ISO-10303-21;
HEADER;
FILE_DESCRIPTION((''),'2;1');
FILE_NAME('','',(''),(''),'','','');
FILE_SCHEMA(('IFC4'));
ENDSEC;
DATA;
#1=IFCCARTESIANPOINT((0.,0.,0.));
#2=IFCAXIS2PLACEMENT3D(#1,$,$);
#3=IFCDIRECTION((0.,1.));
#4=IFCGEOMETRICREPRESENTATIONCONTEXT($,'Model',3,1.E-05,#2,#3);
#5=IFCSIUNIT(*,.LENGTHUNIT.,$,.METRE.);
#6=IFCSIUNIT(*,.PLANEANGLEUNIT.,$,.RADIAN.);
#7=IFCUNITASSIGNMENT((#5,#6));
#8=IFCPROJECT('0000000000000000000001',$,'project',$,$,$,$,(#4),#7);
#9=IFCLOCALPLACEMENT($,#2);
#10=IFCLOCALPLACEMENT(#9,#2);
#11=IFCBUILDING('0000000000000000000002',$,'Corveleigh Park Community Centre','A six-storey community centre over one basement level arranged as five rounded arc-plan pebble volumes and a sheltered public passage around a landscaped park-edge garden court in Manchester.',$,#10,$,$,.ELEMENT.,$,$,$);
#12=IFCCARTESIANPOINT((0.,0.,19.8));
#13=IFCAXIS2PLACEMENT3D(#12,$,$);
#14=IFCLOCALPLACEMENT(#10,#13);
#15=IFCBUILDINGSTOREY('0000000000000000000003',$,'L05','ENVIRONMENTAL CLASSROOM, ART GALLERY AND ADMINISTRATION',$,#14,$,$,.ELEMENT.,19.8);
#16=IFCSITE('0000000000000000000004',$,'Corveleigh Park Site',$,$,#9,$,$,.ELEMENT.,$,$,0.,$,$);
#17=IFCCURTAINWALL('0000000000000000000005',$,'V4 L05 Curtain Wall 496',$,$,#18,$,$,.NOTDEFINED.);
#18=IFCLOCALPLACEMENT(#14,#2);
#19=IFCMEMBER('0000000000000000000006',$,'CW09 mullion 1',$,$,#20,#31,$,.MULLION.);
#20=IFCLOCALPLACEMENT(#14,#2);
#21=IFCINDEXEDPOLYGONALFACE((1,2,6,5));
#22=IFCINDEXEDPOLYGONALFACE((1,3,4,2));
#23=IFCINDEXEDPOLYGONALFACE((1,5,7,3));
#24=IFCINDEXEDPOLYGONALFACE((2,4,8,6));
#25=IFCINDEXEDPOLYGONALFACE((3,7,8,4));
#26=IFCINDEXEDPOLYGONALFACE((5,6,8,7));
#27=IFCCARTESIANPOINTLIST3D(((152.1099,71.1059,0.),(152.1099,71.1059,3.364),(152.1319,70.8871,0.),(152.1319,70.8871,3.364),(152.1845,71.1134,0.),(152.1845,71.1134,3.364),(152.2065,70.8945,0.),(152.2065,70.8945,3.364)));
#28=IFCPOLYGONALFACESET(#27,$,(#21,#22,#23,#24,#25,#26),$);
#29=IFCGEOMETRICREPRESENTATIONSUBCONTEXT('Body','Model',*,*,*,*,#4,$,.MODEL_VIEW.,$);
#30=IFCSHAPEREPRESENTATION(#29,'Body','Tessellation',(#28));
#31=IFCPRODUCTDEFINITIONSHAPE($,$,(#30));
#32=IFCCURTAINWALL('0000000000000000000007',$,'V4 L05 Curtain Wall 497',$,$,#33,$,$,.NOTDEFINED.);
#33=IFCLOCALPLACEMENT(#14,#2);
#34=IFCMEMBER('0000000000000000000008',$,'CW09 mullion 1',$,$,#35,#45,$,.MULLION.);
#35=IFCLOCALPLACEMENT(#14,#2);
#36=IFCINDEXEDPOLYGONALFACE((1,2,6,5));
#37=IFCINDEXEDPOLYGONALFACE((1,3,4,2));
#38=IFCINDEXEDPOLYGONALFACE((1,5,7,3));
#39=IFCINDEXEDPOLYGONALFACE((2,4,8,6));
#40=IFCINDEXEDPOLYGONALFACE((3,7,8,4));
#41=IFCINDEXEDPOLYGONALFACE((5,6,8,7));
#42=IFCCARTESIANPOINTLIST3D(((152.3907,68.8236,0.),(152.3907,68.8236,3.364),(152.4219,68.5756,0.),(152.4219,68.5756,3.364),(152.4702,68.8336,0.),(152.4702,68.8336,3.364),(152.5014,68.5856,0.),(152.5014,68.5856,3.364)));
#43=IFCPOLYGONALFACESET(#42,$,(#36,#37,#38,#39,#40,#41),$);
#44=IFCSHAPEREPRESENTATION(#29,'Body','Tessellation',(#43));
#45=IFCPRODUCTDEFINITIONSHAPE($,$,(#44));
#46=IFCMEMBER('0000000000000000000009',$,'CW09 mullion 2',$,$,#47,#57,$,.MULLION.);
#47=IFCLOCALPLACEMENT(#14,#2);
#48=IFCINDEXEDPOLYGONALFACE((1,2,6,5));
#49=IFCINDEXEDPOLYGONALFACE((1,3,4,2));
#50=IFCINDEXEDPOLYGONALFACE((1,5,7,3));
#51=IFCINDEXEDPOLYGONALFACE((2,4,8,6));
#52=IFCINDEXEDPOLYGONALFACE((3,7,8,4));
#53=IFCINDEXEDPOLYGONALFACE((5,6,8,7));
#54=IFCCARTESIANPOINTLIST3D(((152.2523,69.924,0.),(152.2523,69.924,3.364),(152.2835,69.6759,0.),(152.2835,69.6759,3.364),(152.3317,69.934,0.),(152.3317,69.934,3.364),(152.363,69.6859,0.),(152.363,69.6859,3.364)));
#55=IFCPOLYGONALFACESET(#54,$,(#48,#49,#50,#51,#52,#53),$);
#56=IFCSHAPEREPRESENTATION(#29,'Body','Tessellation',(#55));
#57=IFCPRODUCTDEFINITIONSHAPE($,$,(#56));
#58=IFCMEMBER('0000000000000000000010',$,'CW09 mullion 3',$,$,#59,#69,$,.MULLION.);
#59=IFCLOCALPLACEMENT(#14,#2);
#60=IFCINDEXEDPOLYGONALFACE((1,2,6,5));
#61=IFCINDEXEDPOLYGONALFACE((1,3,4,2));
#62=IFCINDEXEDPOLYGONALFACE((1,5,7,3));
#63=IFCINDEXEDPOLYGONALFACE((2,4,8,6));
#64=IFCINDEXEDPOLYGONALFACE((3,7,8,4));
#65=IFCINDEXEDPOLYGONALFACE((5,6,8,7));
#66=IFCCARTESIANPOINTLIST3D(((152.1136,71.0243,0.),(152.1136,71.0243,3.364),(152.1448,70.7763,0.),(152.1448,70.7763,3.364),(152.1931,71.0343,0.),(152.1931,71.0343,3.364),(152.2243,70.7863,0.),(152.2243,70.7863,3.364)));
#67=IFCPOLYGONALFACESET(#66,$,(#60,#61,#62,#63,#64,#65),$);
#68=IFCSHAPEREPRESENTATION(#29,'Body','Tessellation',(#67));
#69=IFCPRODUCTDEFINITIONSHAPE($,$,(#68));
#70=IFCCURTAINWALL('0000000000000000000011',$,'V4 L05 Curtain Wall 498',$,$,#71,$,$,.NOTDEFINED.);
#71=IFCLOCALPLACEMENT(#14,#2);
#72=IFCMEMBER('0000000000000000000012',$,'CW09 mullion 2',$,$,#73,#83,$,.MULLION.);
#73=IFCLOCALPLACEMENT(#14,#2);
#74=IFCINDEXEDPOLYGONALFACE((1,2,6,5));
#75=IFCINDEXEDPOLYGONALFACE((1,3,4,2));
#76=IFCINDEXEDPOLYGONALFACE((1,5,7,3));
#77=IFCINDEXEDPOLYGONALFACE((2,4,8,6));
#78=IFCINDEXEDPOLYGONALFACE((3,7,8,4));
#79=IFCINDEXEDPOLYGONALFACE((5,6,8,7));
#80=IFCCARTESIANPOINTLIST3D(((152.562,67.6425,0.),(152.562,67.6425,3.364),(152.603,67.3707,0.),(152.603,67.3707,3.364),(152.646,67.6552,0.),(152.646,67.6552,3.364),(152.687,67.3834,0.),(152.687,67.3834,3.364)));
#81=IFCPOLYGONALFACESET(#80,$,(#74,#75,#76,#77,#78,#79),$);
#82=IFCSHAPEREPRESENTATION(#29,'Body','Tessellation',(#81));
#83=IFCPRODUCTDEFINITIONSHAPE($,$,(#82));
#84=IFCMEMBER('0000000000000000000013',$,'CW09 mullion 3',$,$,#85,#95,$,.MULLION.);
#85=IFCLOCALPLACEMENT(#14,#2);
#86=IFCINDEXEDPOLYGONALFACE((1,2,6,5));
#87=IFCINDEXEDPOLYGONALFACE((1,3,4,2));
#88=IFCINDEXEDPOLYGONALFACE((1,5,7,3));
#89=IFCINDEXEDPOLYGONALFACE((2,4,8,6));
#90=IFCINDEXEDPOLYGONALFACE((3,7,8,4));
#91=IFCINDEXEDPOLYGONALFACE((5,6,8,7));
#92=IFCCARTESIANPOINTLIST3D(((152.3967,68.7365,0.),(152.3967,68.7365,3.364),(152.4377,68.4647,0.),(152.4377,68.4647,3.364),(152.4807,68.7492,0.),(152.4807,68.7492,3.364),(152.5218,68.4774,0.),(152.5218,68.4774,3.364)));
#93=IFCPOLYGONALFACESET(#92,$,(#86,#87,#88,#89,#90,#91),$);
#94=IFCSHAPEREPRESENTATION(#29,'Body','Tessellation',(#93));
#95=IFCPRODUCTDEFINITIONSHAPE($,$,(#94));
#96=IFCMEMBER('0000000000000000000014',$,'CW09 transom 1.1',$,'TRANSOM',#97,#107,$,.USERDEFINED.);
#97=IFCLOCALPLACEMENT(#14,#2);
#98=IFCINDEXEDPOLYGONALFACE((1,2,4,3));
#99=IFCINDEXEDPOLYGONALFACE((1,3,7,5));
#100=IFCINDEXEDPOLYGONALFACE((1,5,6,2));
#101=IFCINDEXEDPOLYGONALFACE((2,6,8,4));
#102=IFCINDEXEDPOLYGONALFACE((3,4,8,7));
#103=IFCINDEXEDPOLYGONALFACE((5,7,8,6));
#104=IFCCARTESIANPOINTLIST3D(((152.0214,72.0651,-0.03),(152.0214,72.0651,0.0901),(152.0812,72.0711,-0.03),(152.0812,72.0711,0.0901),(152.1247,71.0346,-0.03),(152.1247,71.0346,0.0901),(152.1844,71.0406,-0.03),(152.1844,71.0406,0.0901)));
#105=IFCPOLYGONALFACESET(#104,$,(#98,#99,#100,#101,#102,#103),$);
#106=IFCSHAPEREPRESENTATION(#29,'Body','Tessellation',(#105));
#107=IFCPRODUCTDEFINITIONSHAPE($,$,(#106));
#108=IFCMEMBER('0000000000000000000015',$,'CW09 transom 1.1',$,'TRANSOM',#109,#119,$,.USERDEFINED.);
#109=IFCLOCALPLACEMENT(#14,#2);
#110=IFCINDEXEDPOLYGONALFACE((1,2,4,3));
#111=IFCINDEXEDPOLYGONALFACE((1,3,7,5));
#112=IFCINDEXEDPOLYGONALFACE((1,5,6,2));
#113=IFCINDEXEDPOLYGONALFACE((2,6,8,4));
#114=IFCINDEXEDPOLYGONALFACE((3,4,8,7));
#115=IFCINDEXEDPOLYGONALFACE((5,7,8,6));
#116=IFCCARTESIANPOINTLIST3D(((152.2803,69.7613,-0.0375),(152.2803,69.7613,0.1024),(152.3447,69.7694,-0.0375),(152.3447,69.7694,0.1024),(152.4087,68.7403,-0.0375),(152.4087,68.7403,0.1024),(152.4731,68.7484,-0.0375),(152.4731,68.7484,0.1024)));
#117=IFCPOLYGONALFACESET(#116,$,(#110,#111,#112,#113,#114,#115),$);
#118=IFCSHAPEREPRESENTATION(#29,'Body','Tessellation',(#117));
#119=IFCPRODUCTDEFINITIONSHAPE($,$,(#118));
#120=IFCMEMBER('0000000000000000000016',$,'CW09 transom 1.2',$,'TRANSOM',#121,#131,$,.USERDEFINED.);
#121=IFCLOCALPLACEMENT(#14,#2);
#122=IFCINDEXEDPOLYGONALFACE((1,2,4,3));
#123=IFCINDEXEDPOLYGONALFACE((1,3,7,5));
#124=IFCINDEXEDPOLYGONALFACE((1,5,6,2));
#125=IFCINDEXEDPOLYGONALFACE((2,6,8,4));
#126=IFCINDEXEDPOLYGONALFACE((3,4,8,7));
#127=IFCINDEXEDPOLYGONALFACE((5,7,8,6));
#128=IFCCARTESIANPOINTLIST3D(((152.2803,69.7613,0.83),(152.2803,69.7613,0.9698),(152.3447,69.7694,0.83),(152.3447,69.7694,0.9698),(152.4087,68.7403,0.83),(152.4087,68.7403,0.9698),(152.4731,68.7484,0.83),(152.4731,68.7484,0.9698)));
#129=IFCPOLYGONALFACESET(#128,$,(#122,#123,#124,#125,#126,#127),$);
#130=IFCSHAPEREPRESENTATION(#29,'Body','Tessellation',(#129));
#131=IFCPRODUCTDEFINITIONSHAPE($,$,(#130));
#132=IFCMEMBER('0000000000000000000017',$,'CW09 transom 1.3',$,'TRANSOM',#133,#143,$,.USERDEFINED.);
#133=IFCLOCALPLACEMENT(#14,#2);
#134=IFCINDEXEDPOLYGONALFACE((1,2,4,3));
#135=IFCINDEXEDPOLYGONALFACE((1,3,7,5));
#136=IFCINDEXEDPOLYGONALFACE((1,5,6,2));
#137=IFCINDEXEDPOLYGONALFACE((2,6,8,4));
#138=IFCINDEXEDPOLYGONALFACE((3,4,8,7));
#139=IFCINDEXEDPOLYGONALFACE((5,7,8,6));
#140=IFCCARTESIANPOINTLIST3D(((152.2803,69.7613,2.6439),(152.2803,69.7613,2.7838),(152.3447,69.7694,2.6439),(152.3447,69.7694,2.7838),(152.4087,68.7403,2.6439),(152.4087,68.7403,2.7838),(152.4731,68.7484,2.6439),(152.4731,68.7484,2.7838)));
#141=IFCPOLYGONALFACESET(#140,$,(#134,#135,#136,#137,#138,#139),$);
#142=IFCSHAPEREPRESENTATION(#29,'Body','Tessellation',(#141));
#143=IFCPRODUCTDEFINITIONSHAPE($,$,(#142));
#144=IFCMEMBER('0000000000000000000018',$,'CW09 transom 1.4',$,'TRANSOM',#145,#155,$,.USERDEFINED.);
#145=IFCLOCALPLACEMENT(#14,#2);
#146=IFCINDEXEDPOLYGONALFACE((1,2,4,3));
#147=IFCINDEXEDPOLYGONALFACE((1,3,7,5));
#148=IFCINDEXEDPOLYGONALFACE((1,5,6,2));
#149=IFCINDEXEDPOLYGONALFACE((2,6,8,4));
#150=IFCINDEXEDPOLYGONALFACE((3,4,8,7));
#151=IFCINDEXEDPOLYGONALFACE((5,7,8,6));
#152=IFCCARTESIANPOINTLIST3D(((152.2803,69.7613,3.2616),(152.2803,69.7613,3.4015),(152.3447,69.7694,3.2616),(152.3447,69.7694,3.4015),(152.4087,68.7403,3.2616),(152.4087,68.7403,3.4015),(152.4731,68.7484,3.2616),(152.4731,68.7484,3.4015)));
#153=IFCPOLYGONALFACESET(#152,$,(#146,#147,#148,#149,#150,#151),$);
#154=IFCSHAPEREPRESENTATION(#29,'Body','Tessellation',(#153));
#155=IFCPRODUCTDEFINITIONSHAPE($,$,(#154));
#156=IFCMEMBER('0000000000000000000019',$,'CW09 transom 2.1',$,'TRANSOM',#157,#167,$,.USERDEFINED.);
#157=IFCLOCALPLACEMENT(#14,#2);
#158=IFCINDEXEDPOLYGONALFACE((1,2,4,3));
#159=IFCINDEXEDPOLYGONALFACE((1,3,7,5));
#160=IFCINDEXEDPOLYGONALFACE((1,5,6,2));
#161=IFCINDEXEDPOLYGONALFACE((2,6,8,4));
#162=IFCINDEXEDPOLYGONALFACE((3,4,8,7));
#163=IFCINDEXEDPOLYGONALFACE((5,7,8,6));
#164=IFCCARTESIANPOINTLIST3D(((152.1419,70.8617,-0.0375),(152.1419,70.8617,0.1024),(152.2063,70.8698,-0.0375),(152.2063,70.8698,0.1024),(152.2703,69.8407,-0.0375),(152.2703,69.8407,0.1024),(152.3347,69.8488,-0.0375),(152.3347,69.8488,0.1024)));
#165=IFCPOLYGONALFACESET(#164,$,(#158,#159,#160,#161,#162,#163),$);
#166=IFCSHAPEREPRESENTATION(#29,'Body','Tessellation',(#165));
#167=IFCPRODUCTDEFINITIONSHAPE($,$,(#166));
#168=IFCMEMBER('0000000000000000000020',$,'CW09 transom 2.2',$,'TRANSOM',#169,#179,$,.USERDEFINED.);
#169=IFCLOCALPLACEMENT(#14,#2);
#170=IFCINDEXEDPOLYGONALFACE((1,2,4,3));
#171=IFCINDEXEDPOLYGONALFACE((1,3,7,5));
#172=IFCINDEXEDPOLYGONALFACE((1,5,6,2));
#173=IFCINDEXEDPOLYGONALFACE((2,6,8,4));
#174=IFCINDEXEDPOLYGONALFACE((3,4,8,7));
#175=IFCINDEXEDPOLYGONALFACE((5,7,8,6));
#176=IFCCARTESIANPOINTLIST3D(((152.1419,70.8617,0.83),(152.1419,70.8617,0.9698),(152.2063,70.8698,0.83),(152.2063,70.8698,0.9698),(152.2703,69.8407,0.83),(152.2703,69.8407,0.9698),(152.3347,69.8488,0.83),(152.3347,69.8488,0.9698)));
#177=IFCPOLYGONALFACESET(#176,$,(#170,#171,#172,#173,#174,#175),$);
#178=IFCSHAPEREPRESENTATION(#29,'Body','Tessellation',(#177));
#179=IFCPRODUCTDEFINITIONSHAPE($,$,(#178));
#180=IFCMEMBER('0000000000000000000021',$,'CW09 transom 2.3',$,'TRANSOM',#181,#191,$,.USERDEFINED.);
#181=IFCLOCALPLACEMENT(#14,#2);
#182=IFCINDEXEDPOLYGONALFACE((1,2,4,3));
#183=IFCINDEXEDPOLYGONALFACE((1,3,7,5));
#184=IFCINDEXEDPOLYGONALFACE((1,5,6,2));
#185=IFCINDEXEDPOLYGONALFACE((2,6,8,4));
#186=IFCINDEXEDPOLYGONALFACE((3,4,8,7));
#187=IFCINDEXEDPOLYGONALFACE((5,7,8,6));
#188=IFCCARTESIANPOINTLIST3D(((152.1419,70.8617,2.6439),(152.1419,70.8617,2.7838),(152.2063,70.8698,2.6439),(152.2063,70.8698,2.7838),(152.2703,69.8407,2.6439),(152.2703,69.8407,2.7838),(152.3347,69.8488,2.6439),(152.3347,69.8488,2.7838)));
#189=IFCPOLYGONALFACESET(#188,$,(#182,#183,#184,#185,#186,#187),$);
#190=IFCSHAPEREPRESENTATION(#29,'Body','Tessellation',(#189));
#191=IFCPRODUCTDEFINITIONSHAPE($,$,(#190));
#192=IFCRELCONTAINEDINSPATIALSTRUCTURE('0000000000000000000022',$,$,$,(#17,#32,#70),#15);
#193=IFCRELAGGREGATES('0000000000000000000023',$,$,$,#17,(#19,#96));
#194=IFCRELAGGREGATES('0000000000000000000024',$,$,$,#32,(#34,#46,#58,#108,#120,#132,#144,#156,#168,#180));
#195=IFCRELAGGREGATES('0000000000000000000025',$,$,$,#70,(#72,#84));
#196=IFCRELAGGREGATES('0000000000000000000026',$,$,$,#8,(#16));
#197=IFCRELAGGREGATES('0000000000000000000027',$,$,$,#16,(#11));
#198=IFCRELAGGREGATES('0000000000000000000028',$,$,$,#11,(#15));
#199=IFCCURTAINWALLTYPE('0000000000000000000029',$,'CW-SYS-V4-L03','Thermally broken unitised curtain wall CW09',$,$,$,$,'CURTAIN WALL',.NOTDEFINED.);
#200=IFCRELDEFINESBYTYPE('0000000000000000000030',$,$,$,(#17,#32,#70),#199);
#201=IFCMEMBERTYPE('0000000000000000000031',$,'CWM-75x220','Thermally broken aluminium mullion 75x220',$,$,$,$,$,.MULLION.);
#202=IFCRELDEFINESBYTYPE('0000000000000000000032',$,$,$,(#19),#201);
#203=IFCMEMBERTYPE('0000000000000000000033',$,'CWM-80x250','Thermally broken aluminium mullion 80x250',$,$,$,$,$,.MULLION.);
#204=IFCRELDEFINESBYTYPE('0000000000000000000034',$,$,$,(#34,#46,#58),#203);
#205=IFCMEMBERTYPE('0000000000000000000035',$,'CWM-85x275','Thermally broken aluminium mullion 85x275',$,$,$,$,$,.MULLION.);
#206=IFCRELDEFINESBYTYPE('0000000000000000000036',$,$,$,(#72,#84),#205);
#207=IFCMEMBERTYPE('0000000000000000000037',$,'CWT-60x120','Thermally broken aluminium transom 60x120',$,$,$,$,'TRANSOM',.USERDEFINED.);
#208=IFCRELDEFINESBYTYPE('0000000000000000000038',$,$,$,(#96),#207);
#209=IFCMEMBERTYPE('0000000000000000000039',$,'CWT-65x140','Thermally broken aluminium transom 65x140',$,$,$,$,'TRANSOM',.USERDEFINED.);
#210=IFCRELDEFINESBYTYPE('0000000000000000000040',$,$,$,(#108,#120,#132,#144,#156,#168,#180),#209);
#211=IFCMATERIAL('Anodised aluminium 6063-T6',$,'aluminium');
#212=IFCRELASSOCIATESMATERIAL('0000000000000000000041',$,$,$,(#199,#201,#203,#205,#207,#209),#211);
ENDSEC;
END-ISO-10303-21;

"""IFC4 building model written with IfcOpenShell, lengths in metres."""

from ifc_helpers import new_model, si_unit, direction, frame, origin, origin_2d, place, context, subcontext, project, spatial, rectangle, extrude, material, material_profile, profile_set, type_object, element, aggregate, save


model = new_model("IFC4")

# Units and contexts
model_context = context("Model", 3, precision=1e-05, world=origin(), true_north=direction((0.0, 1.0)))
body_context = subcontext(model_context, "Body", "Model", "MODEL_VIEW")
ifc_project = project(units=[si_unit("LENGTHUNIT", "METRE"), si_unit("PLANEANGLEUNIT", "RADIAN")], contexts=[model_context])

# Site, building, storey
site_placement = place(None, origin())
site = spatial("IfcSite", under=ifc_project, at=site_placement, Name="Corveleigh Park Site", CompositionType="ELEMENT", RefElevation=0.0)
building_placement = place(site_placement, origin())
building = spatial("IfcBuilding", under=site, at=building_placement, Name="Corveleigh Park Community Centre", Description="A six-storey community centre over one basement level arranged as five rounded arc-plan pebble volumes and a sheltered public passage around a landscaped park-edge garden court in Manchester.", CompositionType="ELEMENT")
storey_placement = place(building_placement, frame((0.0, 0.0, 19.8)))
storey = spatial("IfcBuildingStorey", under=building, at=storey_placement, Name="L05", Description="ENVIRONMENTAL CLASSROOM, ART GALLERY AND ADMINISTRATION", CompositionType="ELEMENT", Elevation=19.8)

# Curtain wall, member
ifc_material_1 = material(Name="Anodised aluminium 6063-T6", Category="aluminium")
curtain_wall_type = type_object("IfcCurtainWallType", Name="CW-SYS-V4-L03", Description="Thermally broken unitised curtain wall CW09", ElementType="CURTAIN WALL", PredefinedType="NOTDEFINED", material=ifc_material_1)
curtain_wall_1_placement = place(storey_placement, origin())
curtain_wall_1 = element("IfcCurtainWall", 1, at=curtain_wall_1_placement, inside=storey, type_object=curtain_wall_type, Name="V4 L05 Curtain Wall 496", PredefinedType="NOTDEFINED")
ifc_material_profile_1 = material_profile(ifc_material_1, rectangle(XDim=0.075, YDim=0.22, at=origin_2d()), Name="ALU-M75x220", Category="aluminium")
ifc_profile_set_1 = profile_set([ifc_material_profile_1], Name="Anodised aluminium 6063-T6")
member_type_1 = type_object("IfcMemberType", Name="CWM-75x220", Description="Thermally broken aluminium mullion 75x220", PredefinedType="MULLION", material=ifc_profile_set_1)
member_1_placement = place(storey_placement, frame((152.1582, 71.0002, 0.0), z_axis=(0.0, 0.0, 1.0), x_axis=(-0.995016, -0.099719, 0.0)))
member_1 = element("IfcMember", 2, at=member_1_placement, type_object=member_type_1, Name="CW09 mullion 1", PredefinedType="MULLION", context=body_context, shape_type="SweptSolid", body=[
    extrude(rectangle(XDim=0.075, YDim=0.22, at=origin_2d()), origin(), (0.0, 0.0, 1.0), 3.364),
])

# Curtain walls, members
curtain_wall_2_placement = place(storey_placement, origin())
curtain_wall_2 = element("IfcCurtainWall", 3, at=curtain_wall_2_placement, inside=storey, type_object=curtain_wall_type, Name="V4 L05 Curtain Wall 497", PredefinedType="NOTDEFINED")
ifc_material_profile_2 = material_profile(ifc_material_1, rectangle(XDim=0.0801, YDim=0.25, at=origin_2d()), Name="ALU-M80x250", Category="aluminium")
ifc_profile_set_2 = profile_set([ifc_material_profile_2], Name="Anodised aluminium 6063-T6")
member_type_2 = type_object("IfcMemberType", Name="CWM-80x250", Description="Thermally broken aluminium mullion 80x250", PredefinedType="MULLION", material=ifc_profile_set_2)
member_2_placement = place(storey_placement, frame((152.446, 68.7046, 0.0), z_axis=(0.0, 0.0, 1.0), x_axis=(-0.99217, -0.124892, 0.0)))
member_2 = element("IfcMember", 4, at=member_2_placement, type_object=member_type_2, Name="CW09 mullion 1", PredefinedType="MULLION", context=body_context, shape_type="SweptSolid", body=[
    extrude(rectangle(XDim=0.0801, YDim=0.25, at=origin_2d()), origin(), (0.0, 0.0, 1.0), 3.364),
])
member_3_placement = place(storey_placement, frame((152.3076, 69.8049, 0.0), z_axis=(0.0, 0.0, 1.0), x_axis=(-0.99217, -0.124892, 0.0)))
member_3 = element("IfcMember", 5, at=member_3_placement, type_object=member_type_2, Name="CW09 mullion 2", PredefinedType="MULLION", context=body_context, shape_type="SweptSolid", body=[
    extrude(rectangle(XDim=0.0801, YDim=0.25, at=origin_2d()), origin(), (0.0, 0.0, 1.0), 3.364),
])
member_4_placement = place(storey_placement, frame((152.1689, 70.9053, 0.0), z_axis=(0.0, 0.0, 1.0), x_axis=(-0.99217, -0.124892, 0.0)))
member_4 = element("IfcMember", 6, at=member_4_placement, type_object=member_type_2, Name="CW09 mullion 3", PredefinedType="MULLION", context=body_context, shape_type="SweptSolid", body=[
    extrude(rectangle(XDim=0.0801, YDim=0.25, at=origin_2d()), origin(), (0.0, 0.0, 1.0), 3.364),
])
curtain_wall_3_placement = place(storey_placement, origin())
curtain_wall_3 = element("IfcCurtainWall", 7, at=curtain_wall_3_placement, inside=storey, type_object=curtain_wall_type, Name="V4 L05 Curtain Wall 498", PredefinedType="NOTDEFINED")
ifc_material_profile_3 = material_profile(ifc_material_1, rectangle(XDim=0.085, YDim=0.2749, at=origin_2d()), Name="ALU-M85x275", Category="aluminium")
ifc_profile_set_3 = profile_set([ifc_material_profile_3], Name="Anodised aluminium 6063-T6")
member_type_3 = type_object("IfcMemberType", Name="CWM-85x275", Description="Thermally broken aluminium mullion 85x275", PredefinedType="MULLION", material=ifc_profile_set_3)
member_5_placement = place(storey_placement, frame((152.6245, 67.5129, 0.0), z_axis=(0.0, 0.0, 1.0), x_axis=(-0.988795, -0.149277, 0.0)))
member_5 = element("IfcMember", 8, at=member_5_placement, type_object=member_type_3, Name="CW09 mullion 2", PredefinedType="MULLION", context=body_context, shape_type="SweptSolid", body=[
    extrude(rectangle(XDim=0.085, YDim=0.2749, at=origin_2d()), origin(), (0.0, 0.0, 1.0), 3.364),
])
member_6_placement = place(storey_placement, frame((152.4592, 68.6069, 0.0), z_axis=(0.0, 0.0, 1.0), x_axis=(-0.988795, -0.149277, 0.0)))
member_6 = element("IfcMember", 9, at=member_6_placement, type_object=member_type_3, Name="CW09 mullion 3", PredefinedType="MULLION", context=body_context, shape_type="SweptSolid", body=[
    extrude(rectangle(XDim=0.085, YDim=0.2749, at=origin_2d()), origin(), (0.0, 0.0, 1.0), 3.364),
])

# Members
ifc_material_profile_4 = material_profile(ifc_material_1, rectangle(XDim=0.0601, YDim=0.1201, at=origin_2d()), Name="ALU-T60x120", Category="aluminium")
ifc_profile_set_4 = profile_set([ifc_material_profile_4], Name="Anodised aluminium 6063-T6")
member_type_4 = type_object("IfcMemberType", Name="CWT-60x120", Description="Thermally broken aluminium transom 60x120", ElementType="TRANSOM", PredefinedType="USERDEFINED", material=ifc_profile_set_4)
member_7_placement = place(storey_placement, frame((152.1545, 71.0376, 0.03), z_axis=(-0.099714, 0.995016, 0.0), x_axis=(-0.995016, -0.099714, 0.0)))
member_7 = element("IfcMember", 10, at=member_7_placement, type_object=member_type_4, Name="CW09 transom 1.1", ObjectType="TRANSOM", PredefinedType="USERDEFINED", context=body_context, shape_type="SweptSolid", body=[
    extrude(rectangle(XDim=0.0601, YDim=0.1201, at=origin_2d()), origin(), (0.0, 0.0, 1.0), 1.0356),
])
aggregate(curtain_wall_1, [member_1, member_7])
ifc_material_profile_5 = material_profile(ifc_material_1, rectangle(XDim=0.0649, YDim=0.1399, at=origin_2d()), Name="ALU-T65x140", Category="aluminium")
ifc_profile_set_5 = profile_set([ifc_material_profile_5], Name="Anodised aluminium 6063-T6")
member_type_5 = type_object("IfcMemberType", Name="CWT-65x140", Description="Thermally broken aluminium transom 65x140", ElementType="TRANSOM", PredefinedType="USERDEFINED", material=ifc_profile_set_5)
member_8_placement = place(storey_placement, frame((152.4409, 68.7444, 0.0325), z_axis=(-0.124794, 0.992183, 0.0), x_axis=(-0.992183, -0.124794, 0.0)))
member_8 = element("IfcMember", 11, at=member_8_placement, type_object=member_type_5, Name="CW09 transom 1.1", ObjectType="TRANSOM", PredefinedType="USERDEFINED", context=body_context, shape_type="SweptSolid", body=[
    extrude(rectangle(XDim=0.0649, YDim=0.1399, at=origin_2d()), origin(), (0.0, 0.0, 1.0), 1.0291),
])
member_9_placement = place(storey_placement, frame((152.4409, 68.7444, 0.8999), z_axis=(-0.124794, 0.992183, 0.0), x_axis=(-0.992183, -0.124794, 0.0)))
member_9 = element("IfcMember", 12, at=member_9_placement, type_object=member_type_5, Name="CW09 transom 1.2", ObjectType="TRANSOM", PredefinedType="USERDEFINED", context=body_context, shape_type="SweptSolid", body=[
    extrude(rectangle(XDim=0.0649, YDim=0.1399, at=origin_2d()), origin(), (0.0, 0.0, 1.0), 1.0291),
])
member_10_placement = place(storey_placement, frame((152.4409, 68.7444, 2.7139), z_axis=(-0.124794, 0.992183, 0.0), x_axis=(-0.992183, -0.124794, 0.0)))
member_10 = element("IfcMember", 13, at=member_10_placement, type_object=member_type_5, Name="CW09 transom 1.3", ObjectType="TRANSOM", PredefinedType="USERDEFINED", context=body_context, shape_type="SweptSolid", body=[
    extrude(rectangle(XDim=0.0649, YDim=0.1399, at=origin_2d()), origin(), (0.0, 0.0, 1.0), 1.0291),
])
member_11_placement = place(storey_placement, frame((152.4409, 68.7444, 3.3315), z_axis=(-0.124794, 0.992183, 0.0), x_axis=(-0.992183, -0.124794, 0.0)))
member_11 = element("IfcMember", 14, at=member_11_placement, type_object=member_type_5, Name="CW09 transom 1.4", ObjectType="TRANSOM", PredefinedType="USERDEFINED", context=body_context, shape_type="SweptSolid", body=[
    extrude(rectangle(XDim=0.0649, YDim=0.1399, at=origin_2d()), origin(), (0.0, 0.0, 1.0), 1.0291),
])
member_12_placement = place(storey_placement, frame((152.3025, 69.8447, 0.0325), z_axis=(-0.124794, 0.992183, 0.0), x_axis=(-0.992183, -0.124794, 0.0)))
member_12 = element("IfcMember", 15, at=member_12_placement, type_object=member_type_5, Name="CW09 transom 2.1", ObjectType="TRANSOM", PredefinedType="USERDEFINED", context=body_context, shape_type="SweptSolid", body=[
    extrude(rectangle(XDim=0.0649, YDim=0.1399, at=origin_2d()), origin(), (0.0, 0.0, 1.0), 1.0291),
])
member_13_placement = place(storey_placement, frame((152.3025, 69.8447, 0.8999), z_axis=(-0.124794, 0.992183, 0.0), x_axis=(-0.992183, -0.124794, 0.0)))
member_13 = element("IfcMember", 16, at=member_13_placement, type_object=member_type_5, Name="CW09 transom 2.2", ObjectType="TRANSOM", PredefinedType="USERDEFINED", context=body_context, shape_type="SweptSolid", body=[
    extrude(rectangle(XDim=0.0649, YDim=0.1399, at=origin_2d()), origin(), (0.0, 0.0, 1.0), 1.0291),
])
member_14_placement = place(storey_placement, frame((152.3025, 69.8447, 2.7139), z_axis=(-0.124794, 0.992183, 0.0), x_axis=(-0.992183, -0.124794, 0.0)))
member_14 = element("IfcMember", 17, at=member_14_placement, type_object=member_type_5, Name="CW09 transom 2.3", ObjectType="TRANSOM", PredefinedType="USERDEFINED", context=body_context, shape_type="SweptSolid", body=[
    extrude(rectangle(XDim=0.0649, YDim=0.1399, at=origin_2d()), origin(), (0.0, 0.0, 1.0), 1.0291),
])

aggregate(curtain_wall_2, [member_2, member_3, member_4, member_8, member_9, member_10, member_11, member_12, member_13, member_14])
aggregate(curtain_wall_3, [member_5, member_6])

save(model, "model.ifc")
